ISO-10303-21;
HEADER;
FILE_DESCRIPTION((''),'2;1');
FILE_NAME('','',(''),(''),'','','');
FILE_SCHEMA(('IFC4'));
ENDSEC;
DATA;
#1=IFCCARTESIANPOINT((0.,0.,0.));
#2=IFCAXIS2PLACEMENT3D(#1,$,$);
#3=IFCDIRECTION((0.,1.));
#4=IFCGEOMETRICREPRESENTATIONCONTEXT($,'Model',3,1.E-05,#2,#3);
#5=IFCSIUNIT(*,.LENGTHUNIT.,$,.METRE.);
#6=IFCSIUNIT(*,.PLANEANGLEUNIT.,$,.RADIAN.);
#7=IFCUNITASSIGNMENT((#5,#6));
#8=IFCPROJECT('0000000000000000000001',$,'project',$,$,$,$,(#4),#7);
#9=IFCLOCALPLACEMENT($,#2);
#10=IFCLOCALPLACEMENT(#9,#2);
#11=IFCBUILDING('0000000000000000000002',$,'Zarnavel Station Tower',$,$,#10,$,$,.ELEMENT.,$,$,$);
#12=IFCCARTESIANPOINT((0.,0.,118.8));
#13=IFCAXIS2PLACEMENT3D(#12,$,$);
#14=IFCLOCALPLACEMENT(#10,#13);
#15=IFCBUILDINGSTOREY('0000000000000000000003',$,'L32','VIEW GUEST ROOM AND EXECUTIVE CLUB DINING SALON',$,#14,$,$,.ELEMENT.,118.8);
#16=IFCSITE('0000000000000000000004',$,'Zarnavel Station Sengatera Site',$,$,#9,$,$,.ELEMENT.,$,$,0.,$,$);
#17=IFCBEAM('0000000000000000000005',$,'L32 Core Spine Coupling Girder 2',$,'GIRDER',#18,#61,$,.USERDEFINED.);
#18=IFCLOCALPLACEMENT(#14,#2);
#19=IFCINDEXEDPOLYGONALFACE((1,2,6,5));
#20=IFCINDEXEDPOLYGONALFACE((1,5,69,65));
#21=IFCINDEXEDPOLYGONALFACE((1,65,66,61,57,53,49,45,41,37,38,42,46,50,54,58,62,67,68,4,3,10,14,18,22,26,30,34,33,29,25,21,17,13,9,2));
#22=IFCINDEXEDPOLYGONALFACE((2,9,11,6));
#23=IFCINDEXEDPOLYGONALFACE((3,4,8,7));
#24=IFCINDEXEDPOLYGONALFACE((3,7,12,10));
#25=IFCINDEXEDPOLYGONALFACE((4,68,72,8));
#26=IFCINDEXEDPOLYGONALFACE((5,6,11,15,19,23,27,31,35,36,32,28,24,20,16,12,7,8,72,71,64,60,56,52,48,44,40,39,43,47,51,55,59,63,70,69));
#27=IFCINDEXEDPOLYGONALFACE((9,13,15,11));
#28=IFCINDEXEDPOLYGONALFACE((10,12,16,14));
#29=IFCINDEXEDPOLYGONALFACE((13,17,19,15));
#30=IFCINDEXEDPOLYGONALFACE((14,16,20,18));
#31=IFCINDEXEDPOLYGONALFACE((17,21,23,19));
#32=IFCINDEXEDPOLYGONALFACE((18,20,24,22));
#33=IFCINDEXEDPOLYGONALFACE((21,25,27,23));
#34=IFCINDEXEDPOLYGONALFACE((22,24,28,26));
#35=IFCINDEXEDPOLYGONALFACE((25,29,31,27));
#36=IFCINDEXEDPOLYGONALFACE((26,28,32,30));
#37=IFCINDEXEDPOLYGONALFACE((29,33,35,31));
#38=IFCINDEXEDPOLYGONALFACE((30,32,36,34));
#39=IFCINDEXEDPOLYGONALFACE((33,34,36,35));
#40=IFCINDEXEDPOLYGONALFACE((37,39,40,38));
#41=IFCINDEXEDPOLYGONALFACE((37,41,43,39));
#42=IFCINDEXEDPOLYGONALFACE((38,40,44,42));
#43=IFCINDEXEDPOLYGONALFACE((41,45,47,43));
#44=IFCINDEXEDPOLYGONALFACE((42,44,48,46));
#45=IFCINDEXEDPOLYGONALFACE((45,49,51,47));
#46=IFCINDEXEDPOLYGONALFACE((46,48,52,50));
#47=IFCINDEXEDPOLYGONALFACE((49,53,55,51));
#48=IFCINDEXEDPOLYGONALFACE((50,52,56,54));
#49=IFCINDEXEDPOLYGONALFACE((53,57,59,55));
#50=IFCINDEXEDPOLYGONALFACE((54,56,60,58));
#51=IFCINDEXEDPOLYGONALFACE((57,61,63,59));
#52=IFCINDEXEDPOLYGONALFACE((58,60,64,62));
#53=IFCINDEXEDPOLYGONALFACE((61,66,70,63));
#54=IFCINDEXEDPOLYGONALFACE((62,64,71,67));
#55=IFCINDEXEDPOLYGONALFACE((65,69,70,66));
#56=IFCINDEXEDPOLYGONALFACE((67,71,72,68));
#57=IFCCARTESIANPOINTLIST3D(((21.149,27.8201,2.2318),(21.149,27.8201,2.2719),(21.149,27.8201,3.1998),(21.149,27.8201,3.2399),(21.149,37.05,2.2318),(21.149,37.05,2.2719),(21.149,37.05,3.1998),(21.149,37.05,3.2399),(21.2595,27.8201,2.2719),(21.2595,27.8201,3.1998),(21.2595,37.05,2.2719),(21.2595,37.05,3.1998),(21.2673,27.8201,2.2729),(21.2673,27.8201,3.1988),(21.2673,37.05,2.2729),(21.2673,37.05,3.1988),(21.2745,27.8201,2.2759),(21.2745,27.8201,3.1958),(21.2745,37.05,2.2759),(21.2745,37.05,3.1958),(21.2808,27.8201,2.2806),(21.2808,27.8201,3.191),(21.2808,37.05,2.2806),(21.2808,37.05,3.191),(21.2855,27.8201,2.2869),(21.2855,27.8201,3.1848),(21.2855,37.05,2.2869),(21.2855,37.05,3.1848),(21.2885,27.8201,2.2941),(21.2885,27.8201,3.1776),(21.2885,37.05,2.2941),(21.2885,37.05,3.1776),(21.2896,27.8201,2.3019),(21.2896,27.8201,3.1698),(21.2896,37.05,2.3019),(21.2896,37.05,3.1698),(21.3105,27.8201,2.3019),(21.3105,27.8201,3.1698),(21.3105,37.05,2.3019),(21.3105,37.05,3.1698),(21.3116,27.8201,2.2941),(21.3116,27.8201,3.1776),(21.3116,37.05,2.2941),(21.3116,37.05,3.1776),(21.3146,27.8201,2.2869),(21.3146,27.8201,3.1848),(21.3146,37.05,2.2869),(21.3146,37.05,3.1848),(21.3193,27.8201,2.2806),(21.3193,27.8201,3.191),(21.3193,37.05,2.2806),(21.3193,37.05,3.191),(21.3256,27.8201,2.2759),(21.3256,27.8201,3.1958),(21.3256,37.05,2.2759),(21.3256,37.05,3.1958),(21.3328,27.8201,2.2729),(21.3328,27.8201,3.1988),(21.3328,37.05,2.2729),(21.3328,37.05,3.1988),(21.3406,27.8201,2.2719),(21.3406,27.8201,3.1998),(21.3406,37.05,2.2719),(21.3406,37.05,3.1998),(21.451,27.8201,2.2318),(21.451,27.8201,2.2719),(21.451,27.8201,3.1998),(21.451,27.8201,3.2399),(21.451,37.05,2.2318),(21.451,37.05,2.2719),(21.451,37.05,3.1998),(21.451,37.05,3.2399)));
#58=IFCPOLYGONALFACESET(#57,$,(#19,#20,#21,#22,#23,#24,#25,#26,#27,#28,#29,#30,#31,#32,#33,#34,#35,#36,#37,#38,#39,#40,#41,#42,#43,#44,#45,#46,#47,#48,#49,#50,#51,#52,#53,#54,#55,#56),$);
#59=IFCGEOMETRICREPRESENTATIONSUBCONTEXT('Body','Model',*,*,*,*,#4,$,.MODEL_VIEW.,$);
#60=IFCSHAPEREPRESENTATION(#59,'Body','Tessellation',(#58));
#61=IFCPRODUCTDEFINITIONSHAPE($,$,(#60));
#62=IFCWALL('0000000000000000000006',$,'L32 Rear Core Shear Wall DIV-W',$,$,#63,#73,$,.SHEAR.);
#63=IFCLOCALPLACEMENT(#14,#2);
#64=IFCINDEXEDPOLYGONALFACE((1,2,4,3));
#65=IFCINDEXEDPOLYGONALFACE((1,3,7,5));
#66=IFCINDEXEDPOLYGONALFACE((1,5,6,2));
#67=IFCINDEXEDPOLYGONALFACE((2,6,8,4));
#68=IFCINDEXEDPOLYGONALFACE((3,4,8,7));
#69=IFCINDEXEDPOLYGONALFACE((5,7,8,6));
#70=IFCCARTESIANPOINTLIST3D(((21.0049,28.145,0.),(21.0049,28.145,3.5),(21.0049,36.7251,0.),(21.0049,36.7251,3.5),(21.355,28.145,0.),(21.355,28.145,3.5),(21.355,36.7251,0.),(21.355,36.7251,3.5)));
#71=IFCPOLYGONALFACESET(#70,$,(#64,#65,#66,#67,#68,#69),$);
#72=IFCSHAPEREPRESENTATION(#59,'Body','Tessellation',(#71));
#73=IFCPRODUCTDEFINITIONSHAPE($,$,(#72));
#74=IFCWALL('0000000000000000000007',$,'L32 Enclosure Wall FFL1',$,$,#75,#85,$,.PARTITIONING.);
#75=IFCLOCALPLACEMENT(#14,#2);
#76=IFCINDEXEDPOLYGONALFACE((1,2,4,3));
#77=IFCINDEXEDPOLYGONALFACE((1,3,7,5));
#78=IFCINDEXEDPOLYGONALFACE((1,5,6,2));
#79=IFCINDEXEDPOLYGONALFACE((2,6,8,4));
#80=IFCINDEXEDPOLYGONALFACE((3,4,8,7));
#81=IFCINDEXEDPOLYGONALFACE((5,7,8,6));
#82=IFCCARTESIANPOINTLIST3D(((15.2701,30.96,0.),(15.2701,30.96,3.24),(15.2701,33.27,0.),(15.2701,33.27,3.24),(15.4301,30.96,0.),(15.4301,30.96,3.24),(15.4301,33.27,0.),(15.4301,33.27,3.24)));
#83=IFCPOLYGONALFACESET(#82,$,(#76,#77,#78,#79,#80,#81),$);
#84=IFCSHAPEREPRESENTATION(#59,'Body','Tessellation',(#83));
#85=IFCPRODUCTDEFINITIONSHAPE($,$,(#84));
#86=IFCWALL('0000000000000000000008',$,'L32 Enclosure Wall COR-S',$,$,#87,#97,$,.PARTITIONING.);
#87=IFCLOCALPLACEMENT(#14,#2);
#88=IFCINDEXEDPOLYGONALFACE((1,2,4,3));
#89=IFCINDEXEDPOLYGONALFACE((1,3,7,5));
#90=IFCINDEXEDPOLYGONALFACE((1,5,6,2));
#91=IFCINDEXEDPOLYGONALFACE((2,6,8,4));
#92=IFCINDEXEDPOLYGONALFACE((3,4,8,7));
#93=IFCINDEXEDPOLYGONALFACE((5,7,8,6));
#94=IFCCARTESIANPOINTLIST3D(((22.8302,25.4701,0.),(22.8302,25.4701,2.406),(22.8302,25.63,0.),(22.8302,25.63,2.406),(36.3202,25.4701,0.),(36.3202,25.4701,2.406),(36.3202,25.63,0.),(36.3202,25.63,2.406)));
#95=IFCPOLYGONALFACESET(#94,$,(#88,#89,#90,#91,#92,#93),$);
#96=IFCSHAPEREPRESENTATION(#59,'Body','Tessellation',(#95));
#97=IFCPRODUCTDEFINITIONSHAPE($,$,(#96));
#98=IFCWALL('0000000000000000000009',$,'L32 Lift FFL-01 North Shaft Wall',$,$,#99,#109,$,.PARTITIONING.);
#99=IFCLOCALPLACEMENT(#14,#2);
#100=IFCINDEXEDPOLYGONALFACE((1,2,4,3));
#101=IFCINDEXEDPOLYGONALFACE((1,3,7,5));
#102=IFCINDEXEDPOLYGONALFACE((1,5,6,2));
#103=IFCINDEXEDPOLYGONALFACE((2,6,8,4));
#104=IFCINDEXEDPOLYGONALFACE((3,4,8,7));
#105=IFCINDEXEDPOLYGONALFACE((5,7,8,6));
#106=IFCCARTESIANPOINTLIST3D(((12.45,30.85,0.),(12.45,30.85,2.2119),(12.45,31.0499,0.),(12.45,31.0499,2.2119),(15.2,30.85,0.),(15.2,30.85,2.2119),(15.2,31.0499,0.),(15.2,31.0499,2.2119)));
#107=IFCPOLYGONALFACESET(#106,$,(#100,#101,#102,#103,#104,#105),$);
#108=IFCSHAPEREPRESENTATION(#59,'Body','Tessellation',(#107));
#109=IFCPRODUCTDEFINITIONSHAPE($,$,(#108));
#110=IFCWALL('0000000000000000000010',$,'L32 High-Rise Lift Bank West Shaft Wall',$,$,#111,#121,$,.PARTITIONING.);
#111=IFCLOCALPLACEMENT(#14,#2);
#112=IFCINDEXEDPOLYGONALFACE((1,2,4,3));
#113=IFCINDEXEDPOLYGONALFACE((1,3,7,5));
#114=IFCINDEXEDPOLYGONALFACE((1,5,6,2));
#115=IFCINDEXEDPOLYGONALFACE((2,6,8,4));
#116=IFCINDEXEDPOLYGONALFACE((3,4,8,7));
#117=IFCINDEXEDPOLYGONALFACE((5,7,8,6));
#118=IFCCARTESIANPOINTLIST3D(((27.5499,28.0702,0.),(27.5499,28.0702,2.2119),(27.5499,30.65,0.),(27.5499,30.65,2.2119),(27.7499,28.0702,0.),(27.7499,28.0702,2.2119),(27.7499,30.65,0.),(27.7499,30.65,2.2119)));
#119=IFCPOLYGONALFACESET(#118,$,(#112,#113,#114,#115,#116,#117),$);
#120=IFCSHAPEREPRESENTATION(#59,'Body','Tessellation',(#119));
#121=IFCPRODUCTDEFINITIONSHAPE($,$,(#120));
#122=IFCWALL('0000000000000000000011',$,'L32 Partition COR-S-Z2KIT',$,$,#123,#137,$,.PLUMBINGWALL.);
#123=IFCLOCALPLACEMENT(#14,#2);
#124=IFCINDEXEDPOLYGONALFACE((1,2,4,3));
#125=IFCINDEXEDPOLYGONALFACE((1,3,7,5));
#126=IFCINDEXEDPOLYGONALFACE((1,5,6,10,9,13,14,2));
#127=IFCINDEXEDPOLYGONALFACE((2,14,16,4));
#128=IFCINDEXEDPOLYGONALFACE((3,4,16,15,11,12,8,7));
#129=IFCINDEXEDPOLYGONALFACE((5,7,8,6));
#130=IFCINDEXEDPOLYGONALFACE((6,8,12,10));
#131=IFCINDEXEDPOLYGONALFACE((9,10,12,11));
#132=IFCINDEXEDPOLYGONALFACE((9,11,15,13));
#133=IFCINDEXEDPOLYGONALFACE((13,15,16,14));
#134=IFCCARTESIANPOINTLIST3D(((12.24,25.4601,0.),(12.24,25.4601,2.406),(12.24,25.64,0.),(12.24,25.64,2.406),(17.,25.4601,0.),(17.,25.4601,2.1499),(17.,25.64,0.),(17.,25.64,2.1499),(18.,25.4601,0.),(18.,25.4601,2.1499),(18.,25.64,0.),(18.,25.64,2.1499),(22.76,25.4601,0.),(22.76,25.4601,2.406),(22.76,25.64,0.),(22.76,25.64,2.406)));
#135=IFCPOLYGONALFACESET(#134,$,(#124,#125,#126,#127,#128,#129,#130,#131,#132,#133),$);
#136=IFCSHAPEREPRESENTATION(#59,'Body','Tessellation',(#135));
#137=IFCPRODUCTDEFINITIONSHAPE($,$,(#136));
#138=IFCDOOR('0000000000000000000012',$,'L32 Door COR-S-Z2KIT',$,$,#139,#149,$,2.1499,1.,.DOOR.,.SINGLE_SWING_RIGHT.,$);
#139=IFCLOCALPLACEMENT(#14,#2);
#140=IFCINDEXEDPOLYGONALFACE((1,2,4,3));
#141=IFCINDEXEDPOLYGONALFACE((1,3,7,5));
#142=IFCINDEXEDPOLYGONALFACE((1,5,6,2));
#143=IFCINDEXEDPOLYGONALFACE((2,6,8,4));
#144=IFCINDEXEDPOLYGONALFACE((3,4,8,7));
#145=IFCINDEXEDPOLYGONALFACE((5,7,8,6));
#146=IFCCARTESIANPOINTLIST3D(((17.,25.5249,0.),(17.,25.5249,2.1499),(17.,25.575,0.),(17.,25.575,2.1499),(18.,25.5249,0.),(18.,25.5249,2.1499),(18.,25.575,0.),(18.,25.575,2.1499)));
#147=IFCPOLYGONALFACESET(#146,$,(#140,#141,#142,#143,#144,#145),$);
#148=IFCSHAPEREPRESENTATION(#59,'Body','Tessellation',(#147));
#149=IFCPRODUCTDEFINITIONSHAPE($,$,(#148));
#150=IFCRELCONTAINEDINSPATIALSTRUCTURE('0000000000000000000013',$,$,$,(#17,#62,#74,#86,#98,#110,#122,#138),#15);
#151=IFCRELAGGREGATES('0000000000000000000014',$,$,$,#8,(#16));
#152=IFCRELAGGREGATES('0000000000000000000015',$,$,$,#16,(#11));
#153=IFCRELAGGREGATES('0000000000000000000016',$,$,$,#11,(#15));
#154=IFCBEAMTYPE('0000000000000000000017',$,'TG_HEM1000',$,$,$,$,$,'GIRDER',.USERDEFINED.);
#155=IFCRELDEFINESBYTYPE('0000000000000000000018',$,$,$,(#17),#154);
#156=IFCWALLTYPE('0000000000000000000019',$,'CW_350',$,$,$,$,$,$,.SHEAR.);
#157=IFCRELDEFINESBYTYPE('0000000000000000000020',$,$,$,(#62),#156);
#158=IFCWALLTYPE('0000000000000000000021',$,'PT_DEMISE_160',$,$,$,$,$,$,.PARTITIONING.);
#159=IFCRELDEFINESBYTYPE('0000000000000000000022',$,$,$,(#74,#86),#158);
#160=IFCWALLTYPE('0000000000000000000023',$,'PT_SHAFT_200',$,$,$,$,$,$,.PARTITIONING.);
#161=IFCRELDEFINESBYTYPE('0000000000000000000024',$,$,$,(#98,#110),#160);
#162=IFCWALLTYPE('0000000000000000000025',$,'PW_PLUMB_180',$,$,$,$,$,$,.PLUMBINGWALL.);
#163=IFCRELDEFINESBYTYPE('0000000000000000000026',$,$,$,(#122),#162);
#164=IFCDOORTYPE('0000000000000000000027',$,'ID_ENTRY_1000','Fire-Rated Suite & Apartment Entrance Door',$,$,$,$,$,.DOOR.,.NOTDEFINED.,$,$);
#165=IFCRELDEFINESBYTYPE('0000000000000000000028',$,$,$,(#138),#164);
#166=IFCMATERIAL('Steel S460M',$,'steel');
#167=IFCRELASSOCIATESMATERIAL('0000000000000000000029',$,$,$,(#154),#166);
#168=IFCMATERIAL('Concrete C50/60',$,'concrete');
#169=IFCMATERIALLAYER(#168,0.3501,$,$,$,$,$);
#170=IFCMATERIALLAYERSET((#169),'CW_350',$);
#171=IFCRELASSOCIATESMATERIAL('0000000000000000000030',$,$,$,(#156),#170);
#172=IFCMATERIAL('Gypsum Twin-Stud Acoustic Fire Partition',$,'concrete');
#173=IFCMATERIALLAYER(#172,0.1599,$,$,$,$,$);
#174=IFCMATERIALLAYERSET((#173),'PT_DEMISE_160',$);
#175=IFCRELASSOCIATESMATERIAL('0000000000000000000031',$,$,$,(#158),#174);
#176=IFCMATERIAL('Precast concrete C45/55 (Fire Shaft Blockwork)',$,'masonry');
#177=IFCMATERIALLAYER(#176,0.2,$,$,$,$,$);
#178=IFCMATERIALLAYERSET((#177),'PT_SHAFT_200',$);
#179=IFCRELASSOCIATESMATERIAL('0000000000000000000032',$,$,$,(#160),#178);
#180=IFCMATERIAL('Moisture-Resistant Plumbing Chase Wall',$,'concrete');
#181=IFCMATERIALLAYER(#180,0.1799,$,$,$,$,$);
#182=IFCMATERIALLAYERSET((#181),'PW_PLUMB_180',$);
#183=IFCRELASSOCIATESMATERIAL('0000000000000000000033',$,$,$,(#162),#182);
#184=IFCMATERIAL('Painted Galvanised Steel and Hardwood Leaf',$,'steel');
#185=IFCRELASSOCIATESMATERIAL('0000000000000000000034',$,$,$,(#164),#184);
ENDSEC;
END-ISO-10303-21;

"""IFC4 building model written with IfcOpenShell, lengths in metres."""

from ifc_helpers import new_model, si_unit, direction, frame, frame_2d, origin, origin_2d, place, context, subcontext, project, spatial, rectangle, i_section, extrude, material, layer, layer_set, material_profile, profile_set, type_object, element, fill, save


model = new_model("IFC4")

# Units and contexts
model_context = context("Model", 3, precision=1e-05, world=origin(), true_north=direction((0.0, 1.0)))
body_context = subcontext(model_context, "Body", "Model", "MODEL_VIEW")
ifc_project = project(units=[si_unit("LENGTHUNIT", "METRE"), si_unit("PLANEANGLEUNIT", "RADIAN")], contexts=[model_context])

# Site, building, storey
site_placement = place(None, origin())
site = spatial("IfcSite", under=ifc_project, at=site_placement, Name="Zarnavel Station Sengatera Site", CompositionType="ELEMENT", RefElevation=0.0)
building_placement = place(site_placement, origin())
building = spatial("IfcBuilding", under=site, at=building_placement, Name="Zarnavel Station Tower", CompositionType="ELEMENT")
storey_placement = place(building_placement, frame((0.0, 0.0, 118.8)))
storey = spatial("IfcBuildingStorey", under=building, at=storey_placement, Name="L32", Description="VIEW GUEST ROOM AND EXECUTIVE CLUB DINING SALON", CompositionType="ELEMENT", Elevation=118.8)

# Beam
ifc_material_1 = material(Name="Steel S460M", Category="steel")
ifc_material_profile_1 = material_profile(ifc_material_1, i_section(OverallWidth=0.302, OverallDepth=1.0081, WebThickness=0.021, FlangeThickness=0.04, FilletRadius=0.03, at=origin_2d()), Name="HEM1000")
ifc_profile_set_1 = profile_set([ifc_material_profile_1], Name="Steel S460M")
beam_type_1 = type_object("IfcBeamType", Name="TG_HEM1000", ElementType="GIRDER", PredefinedType="USERDEFINED", material=ifc_profile_set_1)
for number, where, z_axis, x_axis, name in (
    (1, (21.3, 27.8201, 2.7358), (0.0, 1.0, 0.0), (-1.0, 0.0, 0.0), "L32 Core Spine Coupling Girder 2"),
):
    element("IfcBeam", number, at=place(storey_placement, frame(where, z_axis=z_axis, x_axis=x_axis)), inside=storey, type_object=beam_type_1, Name=name, ObjectType="GIRDER", PredefinedType="USERDEFINED", context=body_context, shape_type="SweptSolid", body=[
        extrude(i_section(OverallWidth=0.302, OverallDepth=1.0081, WebThickness=0.021, FlangeThickness=0.04, FilletRadius=0.03, at=origin_2d()), origin(), (0.0, 0.0, 1.0), 9.23),
    ])

# Wall
ifc_material_2 = material(Name="Concrete C50/60", Category="concrete")
ifc_layer_1 = layer(ifc_material_2, 0.3501)
ifc_layer_set_1 = layer_set([ifc_layer_1], Name="CW_350")
wall_type_1 = type_object("IfcWallType", Name="CW_350", PredefinedType="SHEAR", material=ifc_layer_set_1)
wall_1_placement = place(storey_placement, frame((21.1799, 28.145, 0.0), z_axis=(0.0, 0.0, 1.0), x_axis=(0.0, 1.0, 0.0)))
element("IfcWall", 2, at=wall_1_placement, inside=storey, type_object=wall_type_1, Name="L32 Rear Core Shear Wall DIV-W", PredefinedType="SHEAR", context=body_context, shape_type="SweptSolid", body=[
    extrude(rectangle(XDim=8.5801, YDim=0.3501, at=frame_2d((4.29, 0.0))), origin(), (0.0, 0.0, 1.0), 3.5),
])

# Walls
ifc_material_3 = material(Name="Gypsum Twin-Stud Acoustic Fire Partition", Category="concrete")
ifc_layer_2 = layer(ifc_material_3, 0.1599)
ifc_layer_set_2 = layer_set([ifc_layer_2], Name="PT_DEMISE_160")
wall_type_2 = type_object("IfcWallType", Name="PT_DEMISE_160", PredefinedType="PARTITIONING", material=ifc_layer_set_2)
wall_2_placement = place(storey_placement, frame((15.3501, 30.96, 0.0), z_axis=(0.0, 0.0, 1.0), x_axis=(0.0, 1.0, 0.0)))
element("IfcWall", 3, at=wall_2_placement, inside=storey, type_object=wall_type_2, Name="L32 Enclosure Wall FFL1", PredefinedType="PARTITIONING", context=body_context, shape_type="SweptSolid", body=[
    extrude(rectangle(XDim=2.3101, YDim=0.1599, at=frame_2d((1.155, 0.0))), origin(), (0.0, 0.0, 1.0), 3.24),
])
wall_3_placement = place(storey_placement, frame((22.8301, 25.55, 0.0), z_axis=(0.0, 0.0, 1.0), x_axis=(1.0, 0.0, 0.0)))
element("IfcWall", 4, at=wall_3_placement, inside=storey, type_object=wall_type_2, Name="L32 Enclosure Wall COR-S", PredefinedType="PARTITIONING", context=body_context, shape_type="SweptSolid", body=[
    extrude(rectangle(XDim=13.49, YDim=0.1599, at=frame_2d((6.7451, 0.0))), origin(), (0.0, 0.0, 1.0), 2.406),
])

# Shared definitions
ifc_material_4 = material(Name="Precast concrete C45/55 (Fire Shaft Blockwork)", Category="masonry")
ifc_layer_3 = layer(ifc_material_4, 0.2)
ifc_layer_set_3 = layer_set([ifc_layer_3], Name="PT_SHAFT_200")
wall_type_3 = type_object("IfcWallType", Name="PT_SHAFT_200", PredefinedType="PARTITIONING", material=ifc_layer_set_3)

# Walls
wall_4_placement = place(storey_placement, frame((12.45, 30.95, 0.0), z_axis=(0.0, 0.0, 1.0), x_axis=(1.0, 0.0, 0.0)))
element("IfcWall", 5, at=wall_4_placement, inside=storey, type_object=wall_type_3, Name="L32 Lift FFL-01 North Shaft Wall", PredefinedType="PARTITIONING", context=body_context, shape_type="SweptSolid", body=[
    extrude(rectangle(XDim=2.75, YDim=0.2, at=frame_2d((1.375, 0.0))), origin(), (0.0, 0.0, 1.0), 2.2119),
])
wall_5_placement = place(storey_placement, frame((27.6499, 28.0701, 0.0), z_axis=(0.0, 0.0, 1.0), x_axis=(0.0, 1.0, 0.0)))
element("IfcWall", 6, at=wall_5_placement, inside=storey, type_object=wall_type_3, Name="L32 High-Rise Lift Bank West Shaft Wall", PredefinedType="PARTITIONING", context=body_context, shape_type="SweptSolid", body=[
    extrude(rectangle(XDim=2.5798, YDim=0.2, at=frame_2d((1.29, 0.0))), origin(), (0.0, 0.0, 1.0), 2.2119),
])

# Wall, opening, door
ifc_material_5 = material(Name="Moisture-Resistant Plumbing Chase Wall", Category="concrete")
ifc_layer_4 = layer(ifc_material_5, 0.1799)
ifc_layer_set_4 = layer_set([ifc_layer_4], Name="PW_PLUMB_180")
wall_type_4 = type_object("IfcWallType", Name="PW_PLUMB_180", PredefinedType="PLUMBINGWALL", material=ifc_layer_set_4)
wall_6_placement = place(storey_placement, frame((12.24, 25.55, 0.0), z_axis=(0.0, 0.0, 1.0), x_axis=(1.0, 0.0, 0.0)))
wall_6 = element("IfcWall", 7, at=wall_6_placement, inside=storey, type_object=wall_type_4, Name="L32 Partition COR-S-Z2KIT", PredefinedType="PLUMBINGWALL", context=body_context, shape_type="SweptSolid", body=[
    extrude(rectangle(XDim=10.52, YDim=0.1799, at=frame_2d((5.26, 0.0))), origin(), (0.0, 0.0, 1.0), 2.406),
])
opening_1_placement = place(wall_6_placement, frame((4.76, 0.0, 0.0)))
opening_1 = element("IfcOpeningElement", 8, at=opening_1_placement, cuts=wall_6, PredefinedType="OPENING", context=body_context, shape_type="SweptSolid", body=[
    extrude(rectangle(XDim=1.0, YDim=2.1499, at=frame_2d((0.5, 1.075))), frame((0.0, 0.0999, 0.0), z_axis=(0.0, -1.0, 0.0), x_axis=(1.0, 0.0, 0.0)), (0.0, 0.0, 1.0), 0.2),
])
ifc_material_6 = material(Name="Painted Galvanised Steel and Hardwood Leaf", Category="steel")
door_type_1 = type_object("IfcDoorType", Name="ID_ENTRY_1000", Description="Fire-Rated Suite & Apartment Entrance Door", OperationType="NOTDEFINED", PredefinedType="DOOR", material=ifc_material_6)
door_1_placement = place(opening_1_placement, origin())
door_1 = element("IfcDoor", 9, at=door_1_placement, inside=storey, type_object=door_type_1, Name="L32 Door COR-S-Z2KIT", OperationType="SINGLE_SWING_RIGHT", OverallHeight=2.1499, OverallWidth=1.0, PredefinedType="DOOR", context=body_context, shape_type="SweptSolid", body=[
    extrude(rectangle(XDim=1.0, YDim=2.1499, at=frame_2d((0.5, 1.075))), frame((0.0, 0.0249, 0.0), z_axis=(0.0, -1.0, 0.0), x_axis=(1.0, 0.0, 0.0)), (0.0, 0.0, 1.0), 0.05),
])
fill(opening_1, door_1)

save(model, "model.ifc")
